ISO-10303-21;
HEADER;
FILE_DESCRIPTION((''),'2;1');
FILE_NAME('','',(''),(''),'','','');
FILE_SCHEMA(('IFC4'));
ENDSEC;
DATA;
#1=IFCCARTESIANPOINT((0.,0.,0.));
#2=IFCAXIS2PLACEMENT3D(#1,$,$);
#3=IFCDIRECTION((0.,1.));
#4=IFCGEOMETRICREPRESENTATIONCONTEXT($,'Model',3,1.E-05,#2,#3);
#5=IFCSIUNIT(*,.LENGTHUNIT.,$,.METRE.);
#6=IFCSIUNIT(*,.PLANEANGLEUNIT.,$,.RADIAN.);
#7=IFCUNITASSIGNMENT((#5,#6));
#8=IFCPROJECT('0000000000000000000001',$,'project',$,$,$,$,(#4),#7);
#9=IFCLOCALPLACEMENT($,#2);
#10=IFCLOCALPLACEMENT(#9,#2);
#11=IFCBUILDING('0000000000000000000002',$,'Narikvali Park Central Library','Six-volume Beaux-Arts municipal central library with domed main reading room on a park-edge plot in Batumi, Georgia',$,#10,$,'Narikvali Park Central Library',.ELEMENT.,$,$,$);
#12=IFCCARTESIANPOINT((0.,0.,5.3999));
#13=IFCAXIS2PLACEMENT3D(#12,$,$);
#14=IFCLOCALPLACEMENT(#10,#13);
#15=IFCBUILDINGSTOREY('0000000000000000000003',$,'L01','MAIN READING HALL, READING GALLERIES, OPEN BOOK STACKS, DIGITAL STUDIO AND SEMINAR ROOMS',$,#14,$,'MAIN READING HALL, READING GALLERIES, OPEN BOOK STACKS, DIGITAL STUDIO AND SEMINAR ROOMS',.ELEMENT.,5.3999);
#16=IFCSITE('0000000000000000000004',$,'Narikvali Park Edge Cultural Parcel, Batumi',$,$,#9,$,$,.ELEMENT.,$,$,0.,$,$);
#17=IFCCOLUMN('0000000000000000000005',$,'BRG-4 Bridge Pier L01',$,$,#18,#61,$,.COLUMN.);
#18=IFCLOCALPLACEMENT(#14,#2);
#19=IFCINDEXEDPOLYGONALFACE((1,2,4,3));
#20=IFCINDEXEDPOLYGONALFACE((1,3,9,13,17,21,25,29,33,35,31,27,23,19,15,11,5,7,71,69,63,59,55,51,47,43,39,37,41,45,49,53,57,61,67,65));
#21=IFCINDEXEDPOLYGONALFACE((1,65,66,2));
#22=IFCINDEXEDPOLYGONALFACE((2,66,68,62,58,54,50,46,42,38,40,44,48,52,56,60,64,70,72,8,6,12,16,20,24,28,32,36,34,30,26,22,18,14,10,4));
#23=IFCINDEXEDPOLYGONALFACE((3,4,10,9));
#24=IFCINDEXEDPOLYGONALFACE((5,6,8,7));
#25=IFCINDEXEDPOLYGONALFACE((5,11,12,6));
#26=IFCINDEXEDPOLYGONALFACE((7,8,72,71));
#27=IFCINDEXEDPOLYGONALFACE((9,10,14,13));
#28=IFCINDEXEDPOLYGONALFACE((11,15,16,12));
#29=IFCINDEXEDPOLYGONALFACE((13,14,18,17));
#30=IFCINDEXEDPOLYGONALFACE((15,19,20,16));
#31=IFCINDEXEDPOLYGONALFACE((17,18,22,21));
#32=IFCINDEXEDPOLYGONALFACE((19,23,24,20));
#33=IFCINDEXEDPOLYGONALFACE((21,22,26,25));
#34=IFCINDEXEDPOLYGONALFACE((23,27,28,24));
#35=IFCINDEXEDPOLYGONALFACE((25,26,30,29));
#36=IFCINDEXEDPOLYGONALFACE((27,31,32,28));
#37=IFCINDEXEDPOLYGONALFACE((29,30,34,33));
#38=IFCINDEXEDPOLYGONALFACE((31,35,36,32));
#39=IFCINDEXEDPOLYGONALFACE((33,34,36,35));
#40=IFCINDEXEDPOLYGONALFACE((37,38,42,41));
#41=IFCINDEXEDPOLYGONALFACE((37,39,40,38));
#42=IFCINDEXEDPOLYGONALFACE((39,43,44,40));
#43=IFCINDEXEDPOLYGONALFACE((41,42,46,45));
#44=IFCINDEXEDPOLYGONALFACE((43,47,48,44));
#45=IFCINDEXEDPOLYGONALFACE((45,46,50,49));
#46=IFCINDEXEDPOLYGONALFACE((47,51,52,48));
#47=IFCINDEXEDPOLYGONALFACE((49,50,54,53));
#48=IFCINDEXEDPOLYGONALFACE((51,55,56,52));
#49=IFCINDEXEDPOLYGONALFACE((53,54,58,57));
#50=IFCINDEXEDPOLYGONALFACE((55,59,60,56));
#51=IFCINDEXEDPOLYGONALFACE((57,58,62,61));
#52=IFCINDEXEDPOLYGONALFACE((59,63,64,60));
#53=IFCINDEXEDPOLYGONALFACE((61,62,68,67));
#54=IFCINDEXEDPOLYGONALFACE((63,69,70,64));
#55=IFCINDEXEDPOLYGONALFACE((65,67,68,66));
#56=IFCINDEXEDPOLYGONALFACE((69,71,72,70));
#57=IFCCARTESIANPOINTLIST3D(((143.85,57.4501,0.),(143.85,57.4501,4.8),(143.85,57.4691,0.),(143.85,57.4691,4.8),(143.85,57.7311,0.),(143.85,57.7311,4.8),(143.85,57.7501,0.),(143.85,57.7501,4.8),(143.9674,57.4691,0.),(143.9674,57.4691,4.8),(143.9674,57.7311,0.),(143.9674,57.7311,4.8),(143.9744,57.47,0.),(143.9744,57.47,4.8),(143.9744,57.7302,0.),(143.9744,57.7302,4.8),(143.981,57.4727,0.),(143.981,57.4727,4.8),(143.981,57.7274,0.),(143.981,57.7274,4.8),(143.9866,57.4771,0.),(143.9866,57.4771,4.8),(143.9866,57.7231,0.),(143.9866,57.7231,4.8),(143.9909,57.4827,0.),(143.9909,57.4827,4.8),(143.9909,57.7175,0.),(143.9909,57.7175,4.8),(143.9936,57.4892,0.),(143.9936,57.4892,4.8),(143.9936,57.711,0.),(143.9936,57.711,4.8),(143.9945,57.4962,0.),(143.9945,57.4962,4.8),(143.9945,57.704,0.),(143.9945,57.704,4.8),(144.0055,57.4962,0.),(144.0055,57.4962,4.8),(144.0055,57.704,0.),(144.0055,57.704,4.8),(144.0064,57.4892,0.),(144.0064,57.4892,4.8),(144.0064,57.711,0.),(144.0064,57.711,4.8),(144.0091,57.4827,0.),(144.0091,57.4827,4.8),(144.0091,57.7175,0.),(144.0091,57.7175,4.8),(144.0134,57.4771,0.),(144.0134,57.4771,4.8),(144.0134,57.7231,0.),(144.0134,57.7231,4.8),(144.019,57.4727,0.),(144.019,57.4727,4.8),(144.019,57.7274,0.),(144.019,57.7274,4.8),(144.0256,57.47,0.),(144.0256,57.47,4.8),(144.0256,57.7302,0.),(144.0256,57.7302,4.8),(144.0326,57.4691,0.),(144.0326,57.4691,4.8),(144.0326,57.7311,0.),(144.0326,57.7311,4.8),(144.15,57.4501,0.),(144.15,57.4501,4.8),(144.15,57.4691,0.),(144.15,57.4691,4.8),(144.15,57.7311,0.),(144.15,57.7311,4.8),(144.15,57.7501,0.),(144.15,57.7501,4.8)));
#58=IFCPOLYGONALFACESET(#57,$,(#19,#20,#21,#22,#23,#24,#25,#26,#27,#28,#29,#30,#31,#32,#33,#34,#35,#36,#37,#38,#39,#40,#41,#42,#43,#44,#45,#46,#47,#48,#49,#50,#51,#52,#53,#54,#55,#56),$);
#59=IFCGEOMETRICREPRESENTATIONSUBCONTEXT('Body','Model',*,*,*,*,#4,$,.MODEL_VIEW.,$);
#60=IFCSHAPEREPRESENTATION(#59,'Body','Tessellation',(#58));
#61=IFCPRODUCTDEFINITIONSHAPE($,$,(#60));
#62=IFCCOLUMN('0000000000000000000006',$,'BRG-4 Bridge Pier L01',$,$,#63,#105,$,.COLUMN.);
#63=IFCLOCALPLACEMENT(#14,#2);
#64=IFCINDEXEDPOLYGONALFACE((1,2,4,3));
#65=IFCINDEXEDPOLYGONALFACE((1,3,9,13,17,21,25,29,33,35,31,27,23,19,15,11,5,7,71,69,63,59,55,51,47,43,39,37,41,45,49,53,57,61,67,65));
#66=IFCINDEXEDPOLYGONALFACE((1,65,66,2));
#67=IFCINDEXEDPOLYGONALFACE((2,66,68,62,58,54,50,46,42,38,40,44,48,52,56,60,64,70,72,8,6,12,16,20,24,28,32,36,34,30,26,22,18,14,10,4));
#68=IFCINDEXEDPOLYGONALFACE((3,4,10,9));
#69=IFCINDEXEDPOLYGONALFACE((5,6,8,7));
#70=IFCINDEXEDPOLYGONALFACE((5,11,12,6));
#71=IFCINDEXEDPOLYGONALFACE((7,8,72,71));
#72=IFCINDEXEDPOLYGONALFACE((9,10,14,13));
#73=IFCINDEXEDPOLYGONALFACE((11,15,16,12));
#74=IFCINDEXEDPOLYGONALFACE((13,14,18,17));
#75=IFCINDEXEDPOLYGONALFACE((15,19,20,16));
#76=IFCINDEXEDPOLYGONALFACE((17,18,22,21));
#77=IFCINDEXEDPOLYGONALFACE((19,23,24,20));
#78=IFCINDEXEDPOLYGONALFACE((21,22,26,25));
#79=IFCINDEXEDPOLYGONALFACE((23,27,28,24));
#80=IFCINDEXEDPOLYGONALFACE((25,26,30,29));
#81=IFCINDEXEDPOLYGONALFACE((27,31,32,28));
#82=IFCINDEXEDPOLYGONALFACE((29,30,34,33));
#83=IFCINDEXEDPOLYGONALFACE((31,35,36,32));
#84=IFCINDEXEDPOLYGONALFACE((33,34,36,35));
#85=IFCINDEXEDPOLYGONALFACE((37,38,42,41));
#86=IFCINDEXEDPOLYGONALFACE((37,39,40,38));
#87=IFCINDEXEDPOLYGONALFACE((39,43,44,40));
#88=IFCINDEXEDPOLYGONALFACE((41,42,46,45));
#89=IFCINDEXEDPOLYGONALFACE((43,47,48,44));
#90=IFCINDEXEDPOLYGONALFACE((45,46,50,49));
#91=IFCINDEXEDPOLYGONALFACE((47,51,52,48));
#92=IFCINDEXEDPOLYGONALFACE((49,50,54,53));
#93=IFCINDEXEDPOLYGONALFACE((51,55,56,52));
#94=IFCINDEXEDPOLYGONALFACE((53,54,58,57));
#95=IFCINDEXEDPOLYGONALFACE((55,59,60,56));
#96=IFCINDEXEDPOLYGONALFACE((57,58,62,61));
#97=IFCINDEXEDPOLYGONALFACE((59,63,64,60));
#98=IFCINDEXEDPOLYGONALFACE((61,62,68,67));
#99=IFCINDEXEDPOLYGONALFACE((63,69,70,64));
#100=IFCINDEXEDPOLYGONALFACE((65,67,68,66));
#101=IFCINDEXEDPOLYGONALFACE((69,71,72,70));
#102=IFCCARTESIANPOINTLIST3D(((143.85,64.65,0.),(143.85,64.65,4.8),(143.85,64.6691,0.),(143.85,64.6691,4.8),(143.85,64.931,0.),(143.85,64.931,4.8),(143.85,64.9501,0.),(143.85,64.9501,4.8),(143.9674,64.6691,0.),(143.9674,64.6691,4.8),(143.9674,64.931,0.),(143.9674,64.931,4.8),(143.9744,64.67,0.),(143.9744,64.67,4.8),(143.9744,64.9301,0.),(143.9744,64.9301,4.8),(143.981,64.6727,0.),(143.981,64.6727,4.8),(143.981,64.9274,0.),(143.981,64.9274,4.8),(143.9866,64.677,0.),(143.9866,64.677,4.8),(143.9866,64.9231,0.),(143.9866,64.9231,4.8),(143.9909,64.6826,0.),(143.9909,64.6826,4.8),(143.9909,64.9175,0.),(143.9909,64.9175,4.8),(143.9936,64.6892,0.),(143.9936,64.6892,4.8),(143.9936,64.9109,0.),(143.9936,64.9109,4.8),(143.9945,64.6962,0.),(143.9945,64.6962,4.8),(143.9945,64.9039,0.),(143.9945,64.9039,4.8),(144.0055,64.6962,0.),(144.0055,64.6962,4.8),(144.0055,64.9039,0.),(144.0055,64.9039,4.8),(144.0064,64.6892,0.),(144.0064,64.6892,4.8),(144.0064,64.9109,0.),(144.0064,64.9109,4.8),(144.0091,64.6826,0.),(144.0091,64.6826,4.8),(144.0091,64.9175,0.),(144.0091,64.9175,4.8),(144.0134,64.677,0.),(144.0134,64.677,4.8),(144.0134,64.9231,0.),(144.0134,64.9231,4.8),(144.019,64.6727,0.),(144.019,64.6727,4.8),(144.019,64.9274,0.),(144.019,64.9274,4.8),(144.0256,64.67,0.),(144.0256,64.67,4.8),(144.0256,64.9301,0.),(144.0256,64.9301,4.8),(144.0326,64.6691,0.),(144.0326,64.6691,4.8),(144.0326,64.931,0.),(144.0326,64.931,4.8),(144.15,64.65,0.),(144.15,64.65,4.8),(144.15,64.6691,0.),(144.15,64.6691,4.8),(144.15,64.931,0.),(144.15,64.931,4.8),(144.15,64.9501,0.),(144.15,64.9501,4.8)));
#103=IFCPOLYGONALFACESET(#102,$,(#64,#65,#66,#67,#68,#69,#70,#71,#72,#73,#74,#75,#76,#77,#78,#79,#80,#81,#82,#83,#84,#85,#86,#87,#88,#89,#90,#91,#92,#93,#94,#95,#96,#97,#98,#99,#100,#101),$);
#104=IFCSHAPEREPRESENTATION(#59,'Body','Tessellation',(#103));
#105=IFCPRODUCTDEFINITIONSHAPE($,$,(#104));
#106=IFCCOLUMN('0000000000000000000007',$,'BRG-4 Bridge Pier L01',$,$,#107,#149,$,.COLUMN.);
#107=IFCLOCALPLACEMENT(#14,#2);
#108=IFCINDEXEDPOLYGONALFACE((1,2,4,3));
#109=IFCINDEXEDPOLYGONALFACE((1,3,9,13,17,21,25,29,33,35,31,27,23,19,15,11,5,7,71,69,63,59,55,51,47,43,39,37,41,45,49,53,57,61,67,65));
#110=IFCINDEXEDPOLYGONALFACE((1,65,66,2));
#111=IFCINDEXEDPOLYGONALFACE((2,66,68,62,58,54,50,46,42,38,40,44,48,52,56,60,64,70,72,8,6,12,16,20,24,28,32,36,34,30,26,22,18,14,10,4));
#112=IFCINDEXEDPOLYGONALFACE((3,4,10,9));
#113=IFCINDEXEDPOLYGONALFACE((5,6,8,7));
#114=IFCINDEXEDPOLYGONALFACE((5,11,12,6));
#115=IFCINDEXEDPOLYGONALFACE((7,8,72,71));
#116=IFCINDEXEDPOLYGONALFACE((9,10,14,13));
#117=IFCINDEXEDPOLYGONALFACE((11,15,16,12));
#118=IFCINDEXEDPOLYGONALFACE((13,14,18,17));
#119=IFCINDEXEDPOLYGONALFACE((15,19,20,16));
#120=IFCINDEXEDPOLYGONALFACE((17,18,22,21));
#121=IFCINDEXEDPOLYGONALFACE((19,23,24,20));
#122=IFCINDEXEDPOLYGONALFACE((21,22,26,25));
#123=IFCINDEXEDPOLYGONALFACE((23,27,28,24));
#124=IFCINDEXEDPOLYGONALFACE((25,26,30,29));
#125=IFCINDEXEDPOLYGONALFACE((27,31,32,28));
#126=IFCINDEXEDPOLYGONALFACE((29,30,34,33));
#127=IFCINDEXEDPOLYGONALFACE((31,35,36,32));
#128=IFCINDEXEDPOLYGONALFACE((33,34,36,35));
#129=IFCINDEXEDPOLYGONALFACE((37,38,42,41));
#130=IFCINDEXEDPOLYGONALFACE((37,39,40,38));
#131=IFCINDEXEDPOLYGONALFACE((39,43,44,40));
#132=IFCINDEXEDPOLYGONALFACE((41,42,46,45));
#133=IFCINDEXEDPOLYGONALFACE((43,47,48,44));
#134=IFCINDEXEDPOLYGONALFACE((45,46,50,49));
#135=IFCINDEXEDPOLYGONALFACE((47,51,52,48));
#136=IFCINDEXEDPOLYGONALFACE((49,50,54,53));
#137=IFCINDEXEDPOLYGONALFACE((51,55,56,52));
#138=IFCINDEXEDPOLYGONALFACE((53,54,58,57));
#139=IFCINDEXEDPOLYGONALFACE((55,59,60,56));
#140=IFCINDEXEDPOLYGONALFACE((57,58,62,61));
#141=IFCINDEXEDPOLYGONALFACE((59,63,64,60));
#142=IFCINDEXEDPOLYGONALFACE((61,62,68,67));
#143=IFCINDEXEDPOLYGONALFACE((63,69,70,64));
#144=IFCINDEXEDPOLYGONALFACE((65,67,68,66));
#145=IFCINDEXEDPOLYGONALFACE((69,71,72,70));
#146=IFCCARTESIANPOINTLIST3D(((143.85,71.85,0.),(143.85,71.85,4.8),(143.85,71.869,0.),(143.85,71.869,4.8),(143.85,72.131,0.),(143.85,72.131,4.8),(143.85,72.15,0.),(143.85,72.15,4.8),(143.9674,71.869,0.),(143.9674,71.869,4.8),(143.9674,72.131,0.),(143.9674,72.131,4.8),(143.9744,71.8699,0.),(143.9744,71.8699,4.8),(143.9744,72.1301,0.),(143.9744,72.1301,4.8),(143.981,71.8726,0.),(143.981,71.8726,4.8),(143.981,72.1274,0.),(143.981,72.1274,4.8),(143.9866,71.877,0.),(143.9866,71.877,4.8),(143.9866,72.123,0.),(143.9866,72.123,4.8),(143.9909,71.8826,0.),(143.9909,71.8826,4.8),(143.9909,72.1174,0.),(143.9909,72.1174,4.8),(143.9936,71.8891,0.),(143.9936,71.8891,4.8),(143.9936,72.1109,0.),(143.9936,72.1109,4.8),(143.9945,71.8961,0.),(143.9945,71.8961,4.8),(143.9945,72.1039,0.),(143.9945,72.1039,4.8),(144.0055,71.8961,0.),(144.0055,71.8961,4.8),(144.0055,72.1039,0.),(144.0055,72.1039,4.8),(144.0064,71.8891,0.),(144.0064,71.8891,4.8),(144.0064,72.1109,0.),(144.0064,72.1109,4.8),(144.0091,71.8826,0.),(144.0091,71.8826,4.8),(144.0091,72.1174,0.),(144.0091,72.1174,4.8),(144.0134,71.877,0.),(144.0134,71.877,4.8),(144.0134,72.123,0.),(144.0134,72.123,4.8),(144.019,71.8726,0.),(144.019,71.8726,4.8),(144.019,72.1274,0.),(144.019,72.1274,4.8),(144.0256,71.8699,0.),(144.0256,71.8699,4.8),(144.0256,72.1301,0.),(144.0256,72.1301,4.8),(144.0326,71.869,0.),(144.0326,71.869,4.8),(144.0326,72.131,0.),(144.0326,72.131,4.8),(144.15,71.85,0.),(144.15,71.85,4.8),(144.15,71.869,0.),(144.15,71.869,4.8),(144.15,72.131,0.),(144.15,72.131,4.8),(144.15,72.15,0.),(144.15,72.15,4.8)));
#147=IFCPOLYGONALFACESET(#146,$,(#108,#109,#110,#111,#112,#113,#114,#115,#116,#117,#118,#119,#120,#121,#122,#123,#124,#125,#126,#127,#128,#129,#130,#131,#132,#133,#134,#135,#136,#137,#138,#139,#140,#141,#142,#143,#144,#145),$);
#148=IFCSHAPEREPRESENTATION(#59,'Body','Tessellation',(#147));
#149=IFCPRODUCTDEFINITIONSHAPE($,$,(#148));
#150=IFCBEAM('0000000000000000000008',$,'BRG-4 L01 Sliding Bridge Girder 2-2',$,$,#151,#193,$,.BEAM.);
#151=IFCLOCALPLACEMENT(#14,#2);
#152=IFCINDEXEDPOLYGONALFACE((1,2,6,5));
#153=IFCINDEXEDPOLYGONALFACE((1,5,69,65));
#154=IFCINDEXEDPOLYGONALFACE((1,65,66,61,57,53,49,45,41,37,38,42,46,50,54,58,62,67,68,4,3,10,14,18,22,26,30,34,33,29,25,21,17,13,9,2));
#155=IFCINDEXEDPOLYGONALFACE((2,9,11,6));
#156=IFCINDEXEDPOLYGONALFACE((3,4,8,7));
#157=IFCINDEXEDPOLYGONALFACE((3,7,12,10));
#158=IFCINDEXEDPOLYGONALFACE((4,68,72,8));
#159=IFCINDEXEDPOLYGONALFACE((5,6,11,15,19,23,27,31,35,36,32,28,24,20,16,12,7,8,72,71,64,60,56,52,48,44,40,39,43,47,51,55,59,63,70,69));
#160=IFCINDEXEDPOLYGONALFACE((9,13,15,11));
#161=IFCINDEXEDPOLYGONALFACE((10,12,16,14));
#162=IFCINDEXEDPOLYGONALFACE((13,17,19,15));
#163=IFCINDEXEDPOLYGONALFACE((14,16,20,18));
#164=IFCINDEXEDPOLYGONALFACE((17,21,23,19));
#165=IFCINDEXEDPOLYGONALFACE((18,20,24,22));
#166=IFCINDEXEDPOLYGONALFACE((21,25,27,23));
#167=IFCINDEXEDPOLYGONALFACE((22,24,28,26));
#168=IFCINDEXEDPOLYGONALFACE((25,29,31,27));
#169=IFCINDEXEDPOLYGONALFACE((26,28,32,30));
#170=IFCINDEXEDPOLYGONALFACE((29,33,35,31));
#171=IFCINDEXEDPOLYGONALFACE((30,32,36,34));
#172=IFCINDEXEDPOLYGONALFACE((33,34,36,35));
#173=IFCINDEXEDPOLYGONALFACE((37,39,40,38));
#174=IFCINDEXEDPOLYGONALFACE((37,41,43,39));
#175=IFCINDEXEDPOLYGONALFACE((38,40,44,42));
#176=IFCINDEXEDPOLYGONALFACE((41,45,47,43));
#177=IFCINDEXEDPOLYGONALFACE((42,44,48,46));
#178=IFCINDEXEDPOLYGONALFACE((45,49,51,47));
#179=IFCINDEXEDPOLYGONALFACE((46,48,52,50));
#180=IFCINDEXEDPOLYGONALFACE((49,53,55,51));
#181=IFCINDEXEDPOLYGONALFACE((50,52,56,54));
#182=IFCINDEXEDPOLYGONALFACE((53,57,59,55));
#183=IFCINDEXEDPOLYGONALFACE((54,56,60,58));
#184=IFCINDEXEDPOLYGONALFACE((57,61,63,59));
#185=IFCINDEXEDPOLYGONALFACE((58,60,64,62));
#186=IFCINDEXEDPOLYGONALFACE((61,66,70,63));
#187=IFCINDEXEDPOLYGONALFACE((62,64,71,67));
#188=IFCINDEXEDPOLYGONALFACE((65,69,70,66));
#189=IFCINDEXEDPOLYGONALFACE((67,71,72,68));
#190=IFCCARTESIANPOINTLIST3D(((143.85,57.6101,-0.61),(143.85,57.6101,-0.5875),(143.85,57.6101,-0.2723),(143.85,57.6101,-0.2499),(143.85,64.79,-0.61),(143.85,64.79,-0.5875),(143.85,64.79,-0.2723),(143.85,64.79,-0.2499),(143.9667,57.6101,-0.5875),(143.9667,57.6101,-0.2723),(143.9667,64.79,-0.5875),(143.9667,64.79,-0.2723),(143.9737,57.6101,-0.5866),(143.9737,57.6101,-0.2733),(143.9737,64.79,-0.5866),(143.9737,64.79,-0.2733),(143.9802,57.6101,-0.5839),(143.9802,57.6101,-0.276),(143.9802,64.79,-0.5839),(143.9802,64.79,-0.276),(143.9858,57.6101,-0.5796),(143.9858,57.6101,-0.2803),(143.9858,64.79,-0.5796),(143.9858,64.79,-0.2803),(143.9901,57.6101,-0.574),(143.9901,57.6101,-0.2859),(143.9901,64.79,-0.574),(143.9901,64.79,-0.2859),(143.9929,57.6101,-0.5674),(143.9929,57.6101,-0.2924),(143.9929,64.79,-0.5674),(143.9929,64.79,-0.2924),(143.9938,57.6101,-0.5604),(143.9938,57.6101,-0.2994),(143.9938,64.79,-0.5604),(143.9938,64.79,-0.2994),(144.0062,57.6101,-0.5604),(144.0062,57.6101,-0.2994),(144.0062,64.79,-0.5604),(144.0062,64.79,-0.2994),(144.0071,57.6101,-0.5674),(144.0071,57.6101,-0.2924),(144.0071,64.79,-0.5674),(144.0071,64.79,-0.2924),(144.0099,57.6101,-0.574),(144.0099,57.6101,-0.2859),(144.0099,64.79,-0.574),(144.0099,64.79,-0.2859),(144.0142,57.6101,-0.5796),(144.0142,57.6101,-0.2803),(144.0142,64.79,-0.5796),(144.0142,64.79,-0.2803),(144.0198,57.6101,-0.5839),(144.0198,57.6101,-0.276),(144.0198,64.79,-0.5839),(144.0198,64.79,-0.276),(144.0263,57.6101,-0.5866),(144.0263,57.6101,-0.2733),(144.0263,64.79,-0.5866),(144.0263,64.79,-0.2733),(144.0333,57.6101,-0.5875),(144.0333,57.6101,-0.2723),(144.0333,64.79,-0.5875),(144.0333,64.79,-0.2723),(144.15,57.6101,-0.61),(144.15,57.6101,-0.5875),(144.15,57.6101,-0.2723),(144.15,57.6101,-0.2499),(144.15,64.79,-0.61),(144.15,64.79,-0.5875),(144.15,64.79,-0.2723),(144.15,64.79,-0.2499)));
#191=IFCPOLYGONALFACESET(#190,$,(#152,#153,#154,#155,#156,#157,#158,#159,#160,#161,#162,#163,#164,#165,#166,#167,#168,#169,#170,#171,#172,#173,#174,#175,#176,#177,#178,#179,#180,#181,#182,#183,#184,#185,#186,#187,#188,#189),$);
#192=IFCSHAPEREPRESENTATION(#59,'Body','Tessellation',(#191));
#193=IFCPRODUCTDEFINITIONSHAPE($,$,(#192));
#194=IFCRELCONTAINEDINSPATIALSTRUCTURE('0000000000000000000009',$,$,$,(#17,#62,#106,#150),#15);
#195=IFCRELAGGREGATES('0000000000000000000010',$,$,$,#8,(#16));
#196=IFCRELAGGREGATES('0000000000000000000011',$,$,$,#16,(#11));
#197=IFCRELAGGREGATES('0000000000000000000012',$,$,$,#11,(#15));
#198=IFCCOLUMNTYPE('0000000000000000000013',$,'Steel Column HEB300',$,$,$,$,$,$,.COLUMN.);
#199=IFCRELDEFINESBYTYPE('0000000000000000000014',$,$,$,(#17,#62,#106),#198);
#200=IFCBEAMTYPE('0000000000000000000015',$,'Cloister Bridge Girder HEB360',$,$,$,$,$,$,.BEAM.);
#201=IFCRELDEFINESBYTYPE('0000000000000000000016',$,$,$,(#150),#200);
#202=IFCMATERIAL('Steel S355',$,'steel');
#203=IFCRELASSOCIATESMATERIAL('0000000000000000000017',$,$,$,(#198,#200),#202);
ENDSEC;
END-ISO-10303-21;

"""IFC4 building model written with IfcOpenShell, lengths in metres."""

from ifc_helpers import new_model, si_unit, direction, frame, origin, origin_2d, place, context, subcontext, project, spatial, i_section, extrude, material, material_profile, profile_set, type_object, element, save


model = new_model("IFC4")

# Units and contexts
model_context = context("Model", 3, precision=1e-05, world=origin(), true_north=direction((0.0, 1.0)))
body_context = subcontext(model_context, "Body", "Model", "MODEL_VIEW")
ifc_project = project(units=[si_unit("LENGTHUNIT", "METRE"), si_unit("PLANEANGLEUNIT", "RADIAN")], contexts=[model_context])

# Site, building, storey
site_placement = place(None, origin())
site = spatial("IfcSite", under=ifc_project, at=site_placement, Name="Narikvali Park Edge Cultural Parcel, Batumi", CompositionType="ELEMENT", RefElevation=0.0)
building_placement = place(site_placement, origin())
building = spatial("IfcBuilding", under=site, at=building_placement, Name="Narikvali Park Central Library", Description="Six-volume Beaux-Arts municipal central library with domed main reading room on a park-edge plot in Batumi, Georgia", LongName="Narikvali Park Central Library", CompositionType="ELEMENT")
storey_placement = place(building_placement, frame((0.0, 0.0, 5.3999)))
storey = spatial("IfcBuildingStorey", under=building, at=storey_placement, Name="L01", Description="MAIN READING HALL, READING GALLERIES, OPEN BOOK STACKS, DIGITAL STUDIO AND SEMINAR ROOMS", LongName="MAIN READING HALL, READING GALLERIES, OPEN BOOK STACKS, DIGITAL STUDIO AND SEMINAR ROOMS", CompositionType="ELEMENT", Elevation=5.3999)

# Columns
ifc_material_1 = material(Name="Steel S355", Category="steel")
ifc_material_profile_1 = material_profile(ifc_material_1, i_section(OverallWidth=0.3, OverallDepth=0.3, WebThickness=0.011, FlangeThickness=0.019, FilletRadius=0.0271, at=origin_2d()), Name="HEB 300")
ifc_profile_set_1 = profile_set([ifc_material_profile_1], Name="Steel S355")
column_type = type_object("IfcColumnType", Name="Steel Column HEB300", PredefinedType="COLUMN", material=ifc_profile_set_1)
for number, where, z_axis, x_axis, name in (
    (1, (144.0, 57.6001, 0.0), (0.0, 0.0, 1.0), (1.0, 0.0, 0.0), "BRG-4 Bridge Pier L01"),
    (2, (144.0, 64.8, 0.0), (0.0, 0.0, 1.0), (1.0, 0.0, 0.0), "BRG-4 Bridge Pier L01"),
    (3, (144.0, 72.0, 0.0), (0.0, 0.0, 1.0), (1.0, 0.0, 0.0), "BRG-4 Bridge Pier L01"),
):
    element("IfcColumn", number, at=place(storey_placement, frame(where, z_axis=z_axis, x_axis=x_axis)), inside=storey, type_object=column_type, Name=name, PredefinedType="COLUMN", context=body_context, shape_type="SweptSolid", body=[
        extrude(i_section(OverallWidth=0.3, OverallDepth=0.3, WebThickness=0.011, FlangeThickness=0.019, FilletRadius=0.0271, at=origin_2d()), origin(), (0.0, 0.0, 1.0), 4.8),
    ])

# Beam
ifc_material_profile_2 = material_profile(ifc_material_1, i_section(OverallWidth=0.3, OverallDepth=0.3601, WebThickness=0.0125, FlangeThickness=0.0225, FilletRadius=0.0271, at=origin_2d()), Name="HEB 360")
ifc_profile_set_2 = profile_set([ifc_material_profile_2], Name="Steel S355")
beam_type = type_object("IfcBeamType", Name="Cloister Bridge Girder HEB360", PredefinedType="BEAM", material=ifc_profile_set_2)
for number, where, z_axis, x_axis, name in (
    (4, (144.0, 57.6101, -0.4299), (0.0, 1.0, 0.0), (-1.0, 0.0, 0.0), "BRG-4 L01 Sliding Bridge Girder 2-2"),
):
    element("IfcBeam", number, at=place(storey_placement, frame(where, z_axis=z_axis, x_axis=x_axis)), inside=storey, type_object=beam_type, Name=name, PredefinedType="BEAM", context=body_context, shape_type="SweptSolid", body=[
        extrude(i_section(OverallWidth=0.3, OverallDepth=0.3601, WebThickness=0.0125, FlangeThickness=0.0225, FilletRadius=0.0271, at=origin_2d()), origin(), (0.0, 0.0, 1.0), 7.1799),
    ])

save(model, "model.ifc")
